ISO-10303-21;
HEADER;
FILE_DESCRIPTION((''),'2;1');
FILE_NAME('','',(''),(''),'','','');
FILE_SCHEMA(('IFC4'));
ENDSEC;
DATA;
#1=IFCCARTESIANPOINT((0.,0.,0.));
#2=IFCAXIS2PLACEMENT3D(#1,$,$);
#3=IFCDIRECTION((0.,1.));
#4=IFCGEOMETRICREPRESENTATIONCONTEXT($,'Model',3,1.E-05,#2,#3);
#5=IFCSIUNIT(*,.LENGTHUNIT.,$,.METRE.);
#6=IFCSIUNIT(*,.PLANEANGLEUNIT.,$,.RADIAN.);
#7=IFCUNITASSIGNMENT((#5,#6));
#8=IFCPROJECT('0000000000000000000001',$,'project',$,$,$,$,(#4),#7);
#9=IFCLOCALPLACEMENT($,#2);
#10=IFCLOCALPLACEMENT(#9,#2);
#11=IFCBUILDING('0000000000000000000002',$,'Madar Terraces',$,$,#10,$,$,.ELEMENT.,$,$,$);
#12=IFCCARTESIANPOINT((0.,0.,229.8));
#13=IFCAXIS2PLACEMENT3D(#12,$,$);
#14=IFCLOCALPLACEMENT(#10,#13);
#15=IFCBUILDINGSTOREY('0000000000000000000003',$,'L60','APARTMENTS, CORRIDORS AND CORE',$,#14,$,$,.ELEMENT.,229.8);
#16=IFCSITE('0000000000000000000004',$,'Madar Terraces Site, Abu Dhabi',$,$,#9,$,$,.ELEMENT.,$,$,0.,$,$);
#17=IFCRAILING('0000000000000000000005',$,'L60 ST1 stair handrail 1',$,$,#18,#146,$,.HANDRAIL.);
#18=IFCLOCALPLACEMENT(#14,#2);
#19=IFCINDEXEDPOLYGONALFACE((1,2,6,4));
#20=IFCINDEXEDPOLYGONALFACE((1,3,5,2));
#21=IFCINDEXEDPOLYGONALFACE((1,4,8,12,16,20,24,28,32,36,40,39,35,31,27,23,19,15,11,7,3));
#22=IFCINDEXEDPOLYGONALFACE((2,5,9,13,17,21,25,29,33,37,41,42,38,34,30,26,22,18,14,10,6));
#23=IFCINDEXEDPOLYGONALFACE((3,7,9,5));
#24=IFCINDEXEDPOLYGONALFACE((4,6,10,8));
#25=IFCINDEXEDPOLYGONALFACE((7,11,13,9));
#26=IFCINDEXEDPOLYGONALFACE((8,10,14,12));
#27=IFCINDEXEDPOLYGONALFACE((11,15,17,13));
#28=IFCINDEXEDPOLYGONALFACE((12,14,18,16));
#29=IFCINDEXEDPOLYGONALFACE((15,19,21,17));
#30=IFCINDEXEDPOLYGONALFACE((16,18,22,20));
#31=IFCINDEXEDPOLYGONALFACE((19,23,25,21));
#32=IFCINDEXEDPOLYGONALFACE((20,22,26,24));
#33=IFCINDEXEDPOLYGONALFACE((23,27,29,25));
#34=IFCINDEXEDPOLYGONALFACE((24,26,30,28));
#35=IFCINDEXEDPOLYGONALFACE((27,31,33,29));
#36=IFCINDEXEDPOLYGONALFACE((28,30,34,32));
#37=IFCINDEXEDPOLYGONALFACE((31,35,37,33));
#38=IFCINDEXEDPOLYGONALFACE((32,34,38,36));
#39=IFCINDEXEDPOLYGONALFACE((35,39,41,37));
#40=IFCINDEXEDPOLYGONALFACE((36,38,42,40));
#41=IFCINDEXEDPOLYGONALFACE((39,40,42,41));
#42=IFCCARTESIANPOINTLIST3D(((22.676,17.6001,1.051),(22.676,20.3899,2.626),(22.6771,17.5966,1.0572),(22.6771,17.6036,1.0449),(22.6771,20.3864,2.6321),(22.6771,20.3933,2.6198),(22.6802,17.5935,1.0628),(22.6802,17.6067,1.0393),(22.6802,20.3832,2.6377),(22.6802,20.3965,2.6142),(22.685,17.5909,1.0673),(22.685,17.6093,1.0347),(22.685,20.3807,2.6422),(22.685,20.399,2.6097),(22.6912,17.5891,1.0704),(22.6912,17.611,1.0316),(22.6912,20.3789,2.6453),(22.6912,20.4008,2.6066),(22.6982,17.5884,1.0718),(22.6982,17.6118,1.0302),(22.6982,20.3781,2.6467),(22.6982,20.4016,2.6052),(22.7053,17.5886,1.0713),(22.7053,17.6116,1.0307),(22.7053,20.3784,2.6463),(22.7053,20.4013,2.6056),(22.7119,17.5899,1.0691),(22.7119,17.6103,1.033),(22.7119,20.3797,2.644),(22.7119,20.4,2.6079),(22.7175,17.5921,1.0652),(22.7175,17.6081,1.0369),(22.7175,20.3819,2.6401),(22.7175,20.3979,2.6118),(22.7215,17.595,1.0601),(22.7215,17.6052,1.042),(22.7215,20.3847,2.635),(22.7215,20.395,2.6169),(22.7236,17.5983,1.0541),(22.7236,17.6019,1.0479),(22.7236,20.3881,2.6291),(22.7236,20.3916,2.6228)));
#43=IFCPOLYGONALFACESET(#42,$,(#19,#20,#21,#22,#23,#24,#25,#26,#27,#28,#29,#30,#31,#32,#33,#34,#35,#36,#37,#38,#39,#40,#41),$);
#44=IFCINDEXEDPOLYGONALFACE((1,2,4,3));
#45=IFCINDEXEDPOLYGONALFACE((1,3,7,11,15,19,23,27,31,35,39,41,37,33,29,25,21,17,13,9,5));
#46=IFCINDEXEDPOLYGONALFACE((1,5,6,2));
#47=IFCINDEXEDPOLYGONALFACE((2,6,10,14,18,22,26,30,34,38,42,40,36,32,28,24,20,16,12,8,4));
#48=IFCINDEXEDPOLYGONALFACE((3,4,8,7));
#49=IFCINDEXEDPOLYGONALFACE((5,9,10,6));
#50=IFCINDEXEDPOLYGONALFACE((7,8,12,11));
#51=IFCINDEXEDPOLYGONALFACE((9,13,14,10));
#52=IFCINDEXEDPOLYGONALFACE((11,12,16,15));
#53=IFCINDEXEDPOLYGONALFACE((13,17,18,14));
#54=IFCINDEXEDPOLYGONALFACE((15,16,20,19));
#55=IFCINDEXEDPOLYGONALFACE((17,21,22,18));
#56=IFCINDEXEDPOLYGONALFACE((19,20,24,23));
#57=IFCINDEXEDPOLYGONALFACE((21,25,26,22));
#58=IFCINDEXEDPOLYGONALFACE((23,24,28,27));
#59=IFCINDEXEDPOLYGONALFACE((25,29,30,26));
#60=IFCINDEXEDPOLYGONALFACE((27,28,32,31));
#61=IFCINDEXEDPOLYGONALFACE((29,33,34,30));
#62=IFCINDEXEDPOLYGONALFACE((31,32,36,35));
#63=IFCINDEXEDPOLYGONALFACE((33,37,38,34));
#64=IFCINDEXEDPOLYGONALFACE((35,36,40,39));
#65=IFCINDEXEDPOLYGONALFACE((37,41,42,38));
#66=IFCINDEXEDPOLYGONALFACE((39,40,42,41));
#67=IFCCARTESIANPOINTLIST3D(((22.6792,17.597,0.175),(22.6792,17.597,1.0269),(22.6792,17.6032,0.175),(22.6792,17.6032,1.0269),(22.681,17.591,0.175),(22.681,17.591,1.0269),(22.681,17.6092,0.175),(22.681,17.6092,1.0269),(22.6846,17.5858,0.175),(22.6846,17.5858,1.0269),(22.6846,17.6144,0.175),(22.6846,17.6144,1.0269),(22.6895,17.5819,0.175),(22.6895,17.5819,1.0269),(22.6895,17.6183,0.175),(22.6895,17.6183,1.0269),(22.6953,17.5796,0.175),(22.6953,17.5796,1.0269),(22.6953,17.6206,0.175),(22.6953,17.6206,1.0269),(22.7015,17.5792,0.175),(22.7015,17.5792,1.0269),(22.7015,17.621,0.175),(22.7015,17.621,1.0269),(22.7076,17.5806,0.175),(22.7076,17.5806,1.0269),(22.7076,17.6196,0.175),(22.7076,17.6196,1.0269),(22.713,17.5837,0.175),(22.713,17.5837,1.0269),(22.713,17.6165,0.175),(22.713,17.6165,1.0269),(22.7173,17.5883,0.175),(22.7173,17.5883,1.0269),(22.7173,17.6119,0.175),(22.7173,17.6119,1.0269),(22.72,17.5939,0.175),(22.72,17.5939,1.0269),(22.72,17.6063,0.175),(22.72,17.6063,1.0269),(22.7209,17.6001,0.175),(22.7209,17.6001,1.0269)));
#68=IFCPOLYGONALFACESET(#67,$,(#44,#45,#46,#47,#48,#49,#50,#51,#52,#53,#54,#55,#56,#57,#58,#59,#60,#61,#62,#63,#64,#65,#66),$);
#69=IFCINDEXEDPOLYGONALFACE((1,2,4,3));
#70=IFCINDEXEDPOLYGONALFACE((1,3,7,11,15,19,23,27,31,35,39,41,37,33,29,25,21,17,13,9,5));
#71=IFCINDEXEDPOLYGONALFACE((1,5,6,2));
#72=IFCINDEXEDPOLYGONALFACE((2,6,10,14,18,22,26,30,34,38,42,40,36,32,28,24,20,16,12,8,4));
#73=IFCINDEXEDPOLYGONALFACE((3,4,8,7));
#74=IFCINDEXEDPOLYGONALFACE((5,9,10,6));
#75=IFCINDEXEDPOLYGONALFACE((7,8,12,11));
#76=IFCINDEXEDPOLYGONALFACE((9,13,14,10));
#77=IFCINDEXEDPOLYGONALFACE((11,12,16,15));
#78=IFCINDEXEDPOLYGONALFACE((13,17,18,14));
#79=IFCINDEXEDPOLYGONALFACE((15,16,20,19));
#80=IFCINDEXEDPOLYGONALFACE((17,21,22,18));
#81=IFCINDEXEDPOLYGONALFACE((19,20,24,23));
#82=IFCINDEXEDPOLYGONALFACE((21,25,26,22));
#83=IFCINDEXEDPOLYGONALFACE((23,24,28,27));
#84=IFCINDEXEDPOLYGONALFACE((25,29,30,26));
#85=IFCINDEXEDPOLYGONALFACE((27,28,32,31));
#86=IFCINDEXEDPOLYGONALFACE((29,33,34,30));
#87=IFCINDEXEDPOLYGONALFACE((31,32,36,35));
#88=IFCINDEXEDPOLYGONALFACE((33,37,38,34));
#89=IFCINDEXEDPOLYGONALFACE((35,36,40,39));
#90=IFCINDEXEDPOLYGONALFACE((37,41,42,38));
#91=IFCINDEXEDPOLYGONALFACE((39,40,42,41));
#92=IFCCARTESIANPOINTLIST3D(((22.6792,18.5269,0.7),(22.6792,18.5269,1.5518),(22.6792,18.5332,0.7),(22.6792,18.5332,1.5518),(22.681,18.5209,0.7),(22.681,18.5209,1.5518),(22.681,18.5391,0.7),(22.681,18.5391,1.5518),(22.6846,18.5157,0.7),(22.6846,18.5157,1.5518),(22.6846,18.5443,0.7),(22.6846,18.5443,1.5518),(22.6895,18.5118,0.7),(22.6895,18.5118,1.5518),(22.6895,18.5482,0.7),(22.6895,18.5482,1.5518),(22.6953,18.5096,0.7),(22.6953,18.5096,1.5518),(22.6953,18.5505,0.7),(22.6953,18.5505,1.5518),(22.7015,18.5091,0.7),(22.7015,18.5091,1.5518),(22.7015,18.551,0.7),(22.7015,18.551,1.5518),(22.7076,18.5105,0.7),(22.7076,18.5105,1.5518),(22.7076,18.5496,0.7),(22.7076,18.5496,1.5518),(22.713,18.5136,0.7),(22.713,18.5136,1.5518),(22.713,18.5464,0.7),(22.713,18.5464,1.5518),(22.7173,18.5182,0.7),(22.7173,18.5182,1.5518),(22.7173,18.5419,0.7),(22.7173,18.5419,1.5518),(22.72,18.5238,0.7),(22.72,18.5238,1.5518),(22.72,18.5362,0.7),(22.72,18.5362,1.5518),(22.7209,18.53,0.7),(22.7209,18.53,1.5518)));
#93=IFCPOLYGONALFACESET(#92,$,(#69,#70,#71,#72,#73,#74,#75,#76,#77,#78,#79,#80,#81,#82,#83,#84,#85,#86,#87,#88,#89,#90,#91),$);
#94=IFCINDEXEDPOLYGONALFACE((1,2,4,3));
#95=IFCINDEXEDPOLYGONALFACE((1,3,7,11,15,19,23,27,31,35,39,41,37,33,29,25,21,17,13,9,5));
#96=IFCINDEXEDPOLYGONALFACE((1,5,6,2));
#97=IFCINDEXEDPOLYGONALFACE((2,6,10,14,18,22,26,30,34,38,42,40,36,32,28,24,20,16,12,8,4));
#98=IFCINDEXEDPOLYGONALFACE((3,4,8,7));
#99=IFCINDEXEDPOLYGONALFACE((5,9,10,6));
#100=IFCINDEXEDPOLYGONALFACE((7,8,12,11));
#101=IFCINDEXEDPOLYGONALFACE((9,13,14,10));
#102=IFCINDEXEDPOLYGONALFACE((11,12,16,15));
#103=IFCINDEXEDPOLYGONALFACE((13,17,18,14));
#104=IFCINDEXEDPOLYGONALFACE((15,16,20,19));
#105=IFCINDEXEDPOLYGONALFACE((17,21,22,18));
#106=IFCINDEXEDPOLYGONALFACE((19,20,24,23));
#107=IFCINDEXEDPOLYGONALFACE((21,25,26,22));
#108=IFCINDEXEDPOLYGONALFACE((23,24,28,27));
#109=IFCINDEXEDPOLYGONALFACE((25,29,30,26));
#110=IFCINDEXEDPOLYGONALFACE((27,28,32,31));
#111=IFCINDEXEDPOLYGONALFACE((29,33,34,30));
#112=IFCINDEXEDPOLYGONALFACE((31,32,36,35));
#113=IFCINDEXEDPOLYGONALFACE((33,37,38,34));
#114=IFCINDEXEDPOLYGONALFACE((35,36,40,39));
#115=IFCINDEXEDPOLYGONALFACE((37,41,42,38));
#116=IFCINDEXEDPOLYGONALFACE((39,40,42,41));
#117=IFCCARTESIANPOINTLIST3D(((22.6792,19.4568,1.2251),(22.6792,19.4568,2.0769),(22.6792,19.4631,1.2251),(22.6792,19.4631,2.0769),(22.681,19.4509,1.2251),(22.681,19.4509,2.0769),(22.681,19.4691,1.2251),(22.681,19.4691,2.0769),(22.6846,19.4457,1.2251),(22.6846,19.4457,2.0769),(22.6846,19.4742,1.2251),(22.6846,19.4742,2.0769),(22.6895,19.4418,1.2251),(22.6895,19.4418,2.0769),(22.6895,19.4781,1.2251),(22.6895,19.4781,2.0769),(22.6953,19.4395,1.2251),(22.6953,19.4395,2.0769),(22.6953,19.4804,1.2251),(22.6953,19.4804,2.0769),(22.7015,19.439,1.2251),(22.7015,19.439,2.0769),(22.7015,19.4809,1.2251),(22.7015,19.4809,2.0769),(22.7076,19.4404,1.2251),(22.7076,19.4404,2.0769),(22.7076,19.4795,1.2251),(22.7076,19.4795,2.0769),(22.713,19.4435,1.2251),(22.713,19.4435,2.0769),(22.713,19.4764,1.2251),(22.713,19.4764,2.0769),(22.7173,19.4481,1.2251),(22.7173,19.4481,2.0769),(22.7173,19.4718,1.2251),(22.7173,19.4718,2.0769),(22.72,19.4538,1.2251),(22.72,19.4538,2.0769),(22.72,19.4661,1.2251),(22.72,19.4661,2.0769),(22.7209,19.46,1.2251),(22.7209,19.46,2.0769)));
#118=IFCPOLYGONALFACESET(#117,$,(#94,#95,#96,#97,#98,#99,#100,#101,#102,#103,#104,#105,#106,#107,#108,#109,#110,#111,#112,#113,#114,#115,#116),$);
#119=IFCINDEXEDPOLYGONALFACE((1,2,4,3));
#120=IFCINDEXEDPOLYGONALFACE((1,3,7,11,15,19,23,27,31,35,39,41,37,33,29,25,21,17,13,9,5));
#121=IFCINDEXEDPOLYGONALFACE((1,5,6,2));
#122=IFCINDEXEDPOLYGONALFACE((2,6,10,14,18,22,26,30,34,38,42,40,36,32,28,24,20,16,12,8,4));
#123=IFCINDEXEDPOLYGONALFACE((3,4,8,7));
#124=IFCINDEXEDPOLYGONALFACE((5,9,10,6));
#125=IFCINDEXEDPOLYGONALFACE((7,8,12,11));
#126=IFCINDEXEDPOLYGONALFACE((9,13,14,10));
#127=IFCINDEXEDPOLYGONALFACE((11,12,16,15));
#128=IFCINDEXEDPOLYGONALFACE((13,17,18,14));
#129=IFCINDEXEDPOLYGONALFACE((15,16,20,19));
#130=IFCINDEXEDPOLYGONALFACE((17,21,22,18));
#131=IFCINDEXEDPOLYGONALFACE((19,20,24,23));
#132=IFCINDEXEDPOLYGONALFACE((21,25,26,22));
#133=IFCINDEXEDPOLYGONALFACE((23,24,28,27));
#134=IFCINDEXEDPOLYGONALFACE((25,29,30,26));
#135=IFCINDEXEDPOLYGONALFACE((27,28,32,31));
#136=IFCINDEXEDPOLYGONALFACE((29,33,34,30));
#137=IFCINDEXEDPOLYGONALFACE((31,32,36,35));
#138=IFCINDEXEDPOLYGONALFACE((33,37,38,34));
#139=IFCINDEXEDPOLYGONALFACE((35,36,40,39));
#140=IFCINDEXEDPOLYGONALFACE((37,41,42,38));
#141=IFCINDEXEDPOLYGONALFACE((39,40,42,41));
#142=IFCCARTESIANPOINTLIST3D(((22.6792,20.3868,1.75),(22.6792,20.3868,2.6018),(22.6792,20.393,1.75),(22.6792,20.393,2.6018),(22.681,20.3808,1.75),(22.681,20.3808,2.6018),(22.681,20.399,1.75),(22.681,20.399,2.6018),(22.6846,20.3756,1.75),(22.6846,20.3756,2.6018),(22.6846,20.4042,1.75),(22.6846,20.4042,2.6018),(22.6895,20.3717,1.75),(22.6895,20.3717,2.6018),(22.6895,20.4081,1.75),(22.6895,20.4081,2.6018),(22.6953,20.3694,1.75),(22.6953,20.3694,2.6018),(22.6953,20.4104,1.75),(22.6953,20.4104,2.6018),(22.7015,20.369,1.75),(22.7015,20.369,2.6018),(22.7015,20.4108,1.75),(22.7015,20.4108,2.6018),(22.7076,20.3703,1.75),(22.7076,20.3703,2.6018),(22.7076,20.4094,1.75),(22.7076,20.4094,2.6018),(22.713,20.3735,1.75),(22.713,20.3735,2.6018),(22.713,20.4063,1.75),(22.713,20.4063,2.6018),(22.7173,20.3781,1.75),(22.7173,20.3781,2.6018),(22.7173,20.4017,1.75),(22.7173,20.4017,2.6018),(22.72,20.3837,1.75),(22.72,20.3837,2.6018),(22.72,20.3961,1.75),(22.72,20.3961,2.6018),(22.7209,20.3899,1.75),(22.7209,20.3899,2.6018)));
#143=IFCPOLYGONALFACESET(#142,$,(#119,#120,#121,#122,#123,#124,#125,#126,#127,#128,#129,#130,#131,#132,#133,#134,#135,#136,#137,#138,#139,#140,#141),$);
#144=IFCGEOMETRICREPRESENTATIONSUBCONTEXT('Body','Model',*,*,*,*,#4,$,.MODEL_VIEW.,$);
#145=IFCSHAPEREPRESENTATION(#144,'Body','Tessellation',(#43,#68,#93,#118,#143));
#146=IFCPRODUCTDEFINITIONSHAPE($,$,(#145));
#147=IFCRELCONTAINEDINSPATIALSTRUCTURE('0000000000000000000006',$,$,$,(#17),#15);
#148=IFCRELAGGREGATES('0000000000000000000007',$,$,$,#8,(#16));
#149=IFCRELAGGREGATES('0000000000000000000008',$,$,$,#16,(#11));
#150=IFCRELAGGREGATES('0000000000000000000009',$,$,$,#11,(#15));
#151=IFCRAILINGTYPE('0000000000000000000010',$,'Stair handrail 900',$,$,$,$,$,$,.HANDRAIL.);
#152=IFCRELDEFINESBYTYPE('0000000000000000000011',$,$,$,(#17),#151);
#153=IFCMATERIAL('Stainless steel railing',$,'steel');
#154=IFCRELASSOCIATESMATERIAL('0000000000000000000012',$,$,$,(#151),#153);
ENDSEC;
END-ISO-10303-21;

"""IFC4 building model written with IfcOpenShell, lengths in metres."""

from ifc_helpers import new_model, si_unit, direction, frame, origin, origin_2d, place, context, subcontext, project, spatial, circle, extrude, material, type_object, element, save


model = new_model("IFC4")

# Units and contexts
model_context = context("Model", 3, precision=1e-05, world=origin(), true_north=direction((0.0, 1.0)))
body_context = subcontext(model_context, "Body", "Model", "MODEL_VIEW")
ifc_project = project(units=[si_unit("LENGTHUNIT", "METRE"), si_unit("PLANEANGLEUNIT", "RADIAN")], contexts=[model_context])

# Site, building, storey
site_placement = place(None, origin())
site = spatial("IfcSite", under=ifc_project, at=site_placement, Name="Madar Terraces Site, Abu Dhabi", CompositionType="ELEMENT", RefElevation=0.0)
building_placement = place(site_placement, origin())
building = spatial("IfcBuilding", under=site, at=building_placement, Name="Madar Terraces", CompositionType="ELEMENT")
storey_placement = place(building_placement, frame((0.0, 0.0, 229.8)))
storey = spatial("IfcBuildingStorey", under=building, at=storey_placement, Name="L60", Description="APARTMENTS, CORRIDORS AND CORE", CompositionType="ELEMENT", Elevation=229.8)

# Railing
ifc_material_1 = material(Name="Stainless steel railing", Category="steel")
railing_type_1 = type_object("IfcRailingType", Name="Stair handrail 900", PredefinedType="HANDRAIL", material=ifc_material_1)
railing_placement = place(storey_placement, frame((22.7, 17.6001, 0.175)))
element("IfcRailing", 1, at=railing_placement, inside=storey, type_object=railing_type_1, Name="L60 ST1 stair handrail 1", PredefinedType="HANDRAIL", context=body_context, shape_type="SweptSolid", body=[
    extrude(circle(Radius=0.0239, at=origin_2d()), frame((0.0, 0.0, 0.876), z_axis=(0.0, 0.870815, 0.49161), x_axis=(-1.0, 0.0, 0.0)), (0.0, 0.0, 1.0), 3.2036),
    extrude(circle(Radius=0.021, at=origin_2d()), origin(), (0.0, 0.0, 1.0), 0.8518),
    extrude(circle(Radius=0.021, at=origin_2d()), frame((0.0, 0.9299, 0.5249)), (0.0, 0.0, 1.0), 0.8518),
    extrude(circle(Radius=0.021, at=origin_2d()), frame((0.0, 1.8599, 1.05)), (0.0, 0.0, 1.0), 0.8518),
    extrude(circle(Radius=0.021, at=origin_2d()), frame((0.0, 2.7898, 1.575)), (0.0, 0.0, 1.0), 0.8518),
])

save(model, "model.ifc")
